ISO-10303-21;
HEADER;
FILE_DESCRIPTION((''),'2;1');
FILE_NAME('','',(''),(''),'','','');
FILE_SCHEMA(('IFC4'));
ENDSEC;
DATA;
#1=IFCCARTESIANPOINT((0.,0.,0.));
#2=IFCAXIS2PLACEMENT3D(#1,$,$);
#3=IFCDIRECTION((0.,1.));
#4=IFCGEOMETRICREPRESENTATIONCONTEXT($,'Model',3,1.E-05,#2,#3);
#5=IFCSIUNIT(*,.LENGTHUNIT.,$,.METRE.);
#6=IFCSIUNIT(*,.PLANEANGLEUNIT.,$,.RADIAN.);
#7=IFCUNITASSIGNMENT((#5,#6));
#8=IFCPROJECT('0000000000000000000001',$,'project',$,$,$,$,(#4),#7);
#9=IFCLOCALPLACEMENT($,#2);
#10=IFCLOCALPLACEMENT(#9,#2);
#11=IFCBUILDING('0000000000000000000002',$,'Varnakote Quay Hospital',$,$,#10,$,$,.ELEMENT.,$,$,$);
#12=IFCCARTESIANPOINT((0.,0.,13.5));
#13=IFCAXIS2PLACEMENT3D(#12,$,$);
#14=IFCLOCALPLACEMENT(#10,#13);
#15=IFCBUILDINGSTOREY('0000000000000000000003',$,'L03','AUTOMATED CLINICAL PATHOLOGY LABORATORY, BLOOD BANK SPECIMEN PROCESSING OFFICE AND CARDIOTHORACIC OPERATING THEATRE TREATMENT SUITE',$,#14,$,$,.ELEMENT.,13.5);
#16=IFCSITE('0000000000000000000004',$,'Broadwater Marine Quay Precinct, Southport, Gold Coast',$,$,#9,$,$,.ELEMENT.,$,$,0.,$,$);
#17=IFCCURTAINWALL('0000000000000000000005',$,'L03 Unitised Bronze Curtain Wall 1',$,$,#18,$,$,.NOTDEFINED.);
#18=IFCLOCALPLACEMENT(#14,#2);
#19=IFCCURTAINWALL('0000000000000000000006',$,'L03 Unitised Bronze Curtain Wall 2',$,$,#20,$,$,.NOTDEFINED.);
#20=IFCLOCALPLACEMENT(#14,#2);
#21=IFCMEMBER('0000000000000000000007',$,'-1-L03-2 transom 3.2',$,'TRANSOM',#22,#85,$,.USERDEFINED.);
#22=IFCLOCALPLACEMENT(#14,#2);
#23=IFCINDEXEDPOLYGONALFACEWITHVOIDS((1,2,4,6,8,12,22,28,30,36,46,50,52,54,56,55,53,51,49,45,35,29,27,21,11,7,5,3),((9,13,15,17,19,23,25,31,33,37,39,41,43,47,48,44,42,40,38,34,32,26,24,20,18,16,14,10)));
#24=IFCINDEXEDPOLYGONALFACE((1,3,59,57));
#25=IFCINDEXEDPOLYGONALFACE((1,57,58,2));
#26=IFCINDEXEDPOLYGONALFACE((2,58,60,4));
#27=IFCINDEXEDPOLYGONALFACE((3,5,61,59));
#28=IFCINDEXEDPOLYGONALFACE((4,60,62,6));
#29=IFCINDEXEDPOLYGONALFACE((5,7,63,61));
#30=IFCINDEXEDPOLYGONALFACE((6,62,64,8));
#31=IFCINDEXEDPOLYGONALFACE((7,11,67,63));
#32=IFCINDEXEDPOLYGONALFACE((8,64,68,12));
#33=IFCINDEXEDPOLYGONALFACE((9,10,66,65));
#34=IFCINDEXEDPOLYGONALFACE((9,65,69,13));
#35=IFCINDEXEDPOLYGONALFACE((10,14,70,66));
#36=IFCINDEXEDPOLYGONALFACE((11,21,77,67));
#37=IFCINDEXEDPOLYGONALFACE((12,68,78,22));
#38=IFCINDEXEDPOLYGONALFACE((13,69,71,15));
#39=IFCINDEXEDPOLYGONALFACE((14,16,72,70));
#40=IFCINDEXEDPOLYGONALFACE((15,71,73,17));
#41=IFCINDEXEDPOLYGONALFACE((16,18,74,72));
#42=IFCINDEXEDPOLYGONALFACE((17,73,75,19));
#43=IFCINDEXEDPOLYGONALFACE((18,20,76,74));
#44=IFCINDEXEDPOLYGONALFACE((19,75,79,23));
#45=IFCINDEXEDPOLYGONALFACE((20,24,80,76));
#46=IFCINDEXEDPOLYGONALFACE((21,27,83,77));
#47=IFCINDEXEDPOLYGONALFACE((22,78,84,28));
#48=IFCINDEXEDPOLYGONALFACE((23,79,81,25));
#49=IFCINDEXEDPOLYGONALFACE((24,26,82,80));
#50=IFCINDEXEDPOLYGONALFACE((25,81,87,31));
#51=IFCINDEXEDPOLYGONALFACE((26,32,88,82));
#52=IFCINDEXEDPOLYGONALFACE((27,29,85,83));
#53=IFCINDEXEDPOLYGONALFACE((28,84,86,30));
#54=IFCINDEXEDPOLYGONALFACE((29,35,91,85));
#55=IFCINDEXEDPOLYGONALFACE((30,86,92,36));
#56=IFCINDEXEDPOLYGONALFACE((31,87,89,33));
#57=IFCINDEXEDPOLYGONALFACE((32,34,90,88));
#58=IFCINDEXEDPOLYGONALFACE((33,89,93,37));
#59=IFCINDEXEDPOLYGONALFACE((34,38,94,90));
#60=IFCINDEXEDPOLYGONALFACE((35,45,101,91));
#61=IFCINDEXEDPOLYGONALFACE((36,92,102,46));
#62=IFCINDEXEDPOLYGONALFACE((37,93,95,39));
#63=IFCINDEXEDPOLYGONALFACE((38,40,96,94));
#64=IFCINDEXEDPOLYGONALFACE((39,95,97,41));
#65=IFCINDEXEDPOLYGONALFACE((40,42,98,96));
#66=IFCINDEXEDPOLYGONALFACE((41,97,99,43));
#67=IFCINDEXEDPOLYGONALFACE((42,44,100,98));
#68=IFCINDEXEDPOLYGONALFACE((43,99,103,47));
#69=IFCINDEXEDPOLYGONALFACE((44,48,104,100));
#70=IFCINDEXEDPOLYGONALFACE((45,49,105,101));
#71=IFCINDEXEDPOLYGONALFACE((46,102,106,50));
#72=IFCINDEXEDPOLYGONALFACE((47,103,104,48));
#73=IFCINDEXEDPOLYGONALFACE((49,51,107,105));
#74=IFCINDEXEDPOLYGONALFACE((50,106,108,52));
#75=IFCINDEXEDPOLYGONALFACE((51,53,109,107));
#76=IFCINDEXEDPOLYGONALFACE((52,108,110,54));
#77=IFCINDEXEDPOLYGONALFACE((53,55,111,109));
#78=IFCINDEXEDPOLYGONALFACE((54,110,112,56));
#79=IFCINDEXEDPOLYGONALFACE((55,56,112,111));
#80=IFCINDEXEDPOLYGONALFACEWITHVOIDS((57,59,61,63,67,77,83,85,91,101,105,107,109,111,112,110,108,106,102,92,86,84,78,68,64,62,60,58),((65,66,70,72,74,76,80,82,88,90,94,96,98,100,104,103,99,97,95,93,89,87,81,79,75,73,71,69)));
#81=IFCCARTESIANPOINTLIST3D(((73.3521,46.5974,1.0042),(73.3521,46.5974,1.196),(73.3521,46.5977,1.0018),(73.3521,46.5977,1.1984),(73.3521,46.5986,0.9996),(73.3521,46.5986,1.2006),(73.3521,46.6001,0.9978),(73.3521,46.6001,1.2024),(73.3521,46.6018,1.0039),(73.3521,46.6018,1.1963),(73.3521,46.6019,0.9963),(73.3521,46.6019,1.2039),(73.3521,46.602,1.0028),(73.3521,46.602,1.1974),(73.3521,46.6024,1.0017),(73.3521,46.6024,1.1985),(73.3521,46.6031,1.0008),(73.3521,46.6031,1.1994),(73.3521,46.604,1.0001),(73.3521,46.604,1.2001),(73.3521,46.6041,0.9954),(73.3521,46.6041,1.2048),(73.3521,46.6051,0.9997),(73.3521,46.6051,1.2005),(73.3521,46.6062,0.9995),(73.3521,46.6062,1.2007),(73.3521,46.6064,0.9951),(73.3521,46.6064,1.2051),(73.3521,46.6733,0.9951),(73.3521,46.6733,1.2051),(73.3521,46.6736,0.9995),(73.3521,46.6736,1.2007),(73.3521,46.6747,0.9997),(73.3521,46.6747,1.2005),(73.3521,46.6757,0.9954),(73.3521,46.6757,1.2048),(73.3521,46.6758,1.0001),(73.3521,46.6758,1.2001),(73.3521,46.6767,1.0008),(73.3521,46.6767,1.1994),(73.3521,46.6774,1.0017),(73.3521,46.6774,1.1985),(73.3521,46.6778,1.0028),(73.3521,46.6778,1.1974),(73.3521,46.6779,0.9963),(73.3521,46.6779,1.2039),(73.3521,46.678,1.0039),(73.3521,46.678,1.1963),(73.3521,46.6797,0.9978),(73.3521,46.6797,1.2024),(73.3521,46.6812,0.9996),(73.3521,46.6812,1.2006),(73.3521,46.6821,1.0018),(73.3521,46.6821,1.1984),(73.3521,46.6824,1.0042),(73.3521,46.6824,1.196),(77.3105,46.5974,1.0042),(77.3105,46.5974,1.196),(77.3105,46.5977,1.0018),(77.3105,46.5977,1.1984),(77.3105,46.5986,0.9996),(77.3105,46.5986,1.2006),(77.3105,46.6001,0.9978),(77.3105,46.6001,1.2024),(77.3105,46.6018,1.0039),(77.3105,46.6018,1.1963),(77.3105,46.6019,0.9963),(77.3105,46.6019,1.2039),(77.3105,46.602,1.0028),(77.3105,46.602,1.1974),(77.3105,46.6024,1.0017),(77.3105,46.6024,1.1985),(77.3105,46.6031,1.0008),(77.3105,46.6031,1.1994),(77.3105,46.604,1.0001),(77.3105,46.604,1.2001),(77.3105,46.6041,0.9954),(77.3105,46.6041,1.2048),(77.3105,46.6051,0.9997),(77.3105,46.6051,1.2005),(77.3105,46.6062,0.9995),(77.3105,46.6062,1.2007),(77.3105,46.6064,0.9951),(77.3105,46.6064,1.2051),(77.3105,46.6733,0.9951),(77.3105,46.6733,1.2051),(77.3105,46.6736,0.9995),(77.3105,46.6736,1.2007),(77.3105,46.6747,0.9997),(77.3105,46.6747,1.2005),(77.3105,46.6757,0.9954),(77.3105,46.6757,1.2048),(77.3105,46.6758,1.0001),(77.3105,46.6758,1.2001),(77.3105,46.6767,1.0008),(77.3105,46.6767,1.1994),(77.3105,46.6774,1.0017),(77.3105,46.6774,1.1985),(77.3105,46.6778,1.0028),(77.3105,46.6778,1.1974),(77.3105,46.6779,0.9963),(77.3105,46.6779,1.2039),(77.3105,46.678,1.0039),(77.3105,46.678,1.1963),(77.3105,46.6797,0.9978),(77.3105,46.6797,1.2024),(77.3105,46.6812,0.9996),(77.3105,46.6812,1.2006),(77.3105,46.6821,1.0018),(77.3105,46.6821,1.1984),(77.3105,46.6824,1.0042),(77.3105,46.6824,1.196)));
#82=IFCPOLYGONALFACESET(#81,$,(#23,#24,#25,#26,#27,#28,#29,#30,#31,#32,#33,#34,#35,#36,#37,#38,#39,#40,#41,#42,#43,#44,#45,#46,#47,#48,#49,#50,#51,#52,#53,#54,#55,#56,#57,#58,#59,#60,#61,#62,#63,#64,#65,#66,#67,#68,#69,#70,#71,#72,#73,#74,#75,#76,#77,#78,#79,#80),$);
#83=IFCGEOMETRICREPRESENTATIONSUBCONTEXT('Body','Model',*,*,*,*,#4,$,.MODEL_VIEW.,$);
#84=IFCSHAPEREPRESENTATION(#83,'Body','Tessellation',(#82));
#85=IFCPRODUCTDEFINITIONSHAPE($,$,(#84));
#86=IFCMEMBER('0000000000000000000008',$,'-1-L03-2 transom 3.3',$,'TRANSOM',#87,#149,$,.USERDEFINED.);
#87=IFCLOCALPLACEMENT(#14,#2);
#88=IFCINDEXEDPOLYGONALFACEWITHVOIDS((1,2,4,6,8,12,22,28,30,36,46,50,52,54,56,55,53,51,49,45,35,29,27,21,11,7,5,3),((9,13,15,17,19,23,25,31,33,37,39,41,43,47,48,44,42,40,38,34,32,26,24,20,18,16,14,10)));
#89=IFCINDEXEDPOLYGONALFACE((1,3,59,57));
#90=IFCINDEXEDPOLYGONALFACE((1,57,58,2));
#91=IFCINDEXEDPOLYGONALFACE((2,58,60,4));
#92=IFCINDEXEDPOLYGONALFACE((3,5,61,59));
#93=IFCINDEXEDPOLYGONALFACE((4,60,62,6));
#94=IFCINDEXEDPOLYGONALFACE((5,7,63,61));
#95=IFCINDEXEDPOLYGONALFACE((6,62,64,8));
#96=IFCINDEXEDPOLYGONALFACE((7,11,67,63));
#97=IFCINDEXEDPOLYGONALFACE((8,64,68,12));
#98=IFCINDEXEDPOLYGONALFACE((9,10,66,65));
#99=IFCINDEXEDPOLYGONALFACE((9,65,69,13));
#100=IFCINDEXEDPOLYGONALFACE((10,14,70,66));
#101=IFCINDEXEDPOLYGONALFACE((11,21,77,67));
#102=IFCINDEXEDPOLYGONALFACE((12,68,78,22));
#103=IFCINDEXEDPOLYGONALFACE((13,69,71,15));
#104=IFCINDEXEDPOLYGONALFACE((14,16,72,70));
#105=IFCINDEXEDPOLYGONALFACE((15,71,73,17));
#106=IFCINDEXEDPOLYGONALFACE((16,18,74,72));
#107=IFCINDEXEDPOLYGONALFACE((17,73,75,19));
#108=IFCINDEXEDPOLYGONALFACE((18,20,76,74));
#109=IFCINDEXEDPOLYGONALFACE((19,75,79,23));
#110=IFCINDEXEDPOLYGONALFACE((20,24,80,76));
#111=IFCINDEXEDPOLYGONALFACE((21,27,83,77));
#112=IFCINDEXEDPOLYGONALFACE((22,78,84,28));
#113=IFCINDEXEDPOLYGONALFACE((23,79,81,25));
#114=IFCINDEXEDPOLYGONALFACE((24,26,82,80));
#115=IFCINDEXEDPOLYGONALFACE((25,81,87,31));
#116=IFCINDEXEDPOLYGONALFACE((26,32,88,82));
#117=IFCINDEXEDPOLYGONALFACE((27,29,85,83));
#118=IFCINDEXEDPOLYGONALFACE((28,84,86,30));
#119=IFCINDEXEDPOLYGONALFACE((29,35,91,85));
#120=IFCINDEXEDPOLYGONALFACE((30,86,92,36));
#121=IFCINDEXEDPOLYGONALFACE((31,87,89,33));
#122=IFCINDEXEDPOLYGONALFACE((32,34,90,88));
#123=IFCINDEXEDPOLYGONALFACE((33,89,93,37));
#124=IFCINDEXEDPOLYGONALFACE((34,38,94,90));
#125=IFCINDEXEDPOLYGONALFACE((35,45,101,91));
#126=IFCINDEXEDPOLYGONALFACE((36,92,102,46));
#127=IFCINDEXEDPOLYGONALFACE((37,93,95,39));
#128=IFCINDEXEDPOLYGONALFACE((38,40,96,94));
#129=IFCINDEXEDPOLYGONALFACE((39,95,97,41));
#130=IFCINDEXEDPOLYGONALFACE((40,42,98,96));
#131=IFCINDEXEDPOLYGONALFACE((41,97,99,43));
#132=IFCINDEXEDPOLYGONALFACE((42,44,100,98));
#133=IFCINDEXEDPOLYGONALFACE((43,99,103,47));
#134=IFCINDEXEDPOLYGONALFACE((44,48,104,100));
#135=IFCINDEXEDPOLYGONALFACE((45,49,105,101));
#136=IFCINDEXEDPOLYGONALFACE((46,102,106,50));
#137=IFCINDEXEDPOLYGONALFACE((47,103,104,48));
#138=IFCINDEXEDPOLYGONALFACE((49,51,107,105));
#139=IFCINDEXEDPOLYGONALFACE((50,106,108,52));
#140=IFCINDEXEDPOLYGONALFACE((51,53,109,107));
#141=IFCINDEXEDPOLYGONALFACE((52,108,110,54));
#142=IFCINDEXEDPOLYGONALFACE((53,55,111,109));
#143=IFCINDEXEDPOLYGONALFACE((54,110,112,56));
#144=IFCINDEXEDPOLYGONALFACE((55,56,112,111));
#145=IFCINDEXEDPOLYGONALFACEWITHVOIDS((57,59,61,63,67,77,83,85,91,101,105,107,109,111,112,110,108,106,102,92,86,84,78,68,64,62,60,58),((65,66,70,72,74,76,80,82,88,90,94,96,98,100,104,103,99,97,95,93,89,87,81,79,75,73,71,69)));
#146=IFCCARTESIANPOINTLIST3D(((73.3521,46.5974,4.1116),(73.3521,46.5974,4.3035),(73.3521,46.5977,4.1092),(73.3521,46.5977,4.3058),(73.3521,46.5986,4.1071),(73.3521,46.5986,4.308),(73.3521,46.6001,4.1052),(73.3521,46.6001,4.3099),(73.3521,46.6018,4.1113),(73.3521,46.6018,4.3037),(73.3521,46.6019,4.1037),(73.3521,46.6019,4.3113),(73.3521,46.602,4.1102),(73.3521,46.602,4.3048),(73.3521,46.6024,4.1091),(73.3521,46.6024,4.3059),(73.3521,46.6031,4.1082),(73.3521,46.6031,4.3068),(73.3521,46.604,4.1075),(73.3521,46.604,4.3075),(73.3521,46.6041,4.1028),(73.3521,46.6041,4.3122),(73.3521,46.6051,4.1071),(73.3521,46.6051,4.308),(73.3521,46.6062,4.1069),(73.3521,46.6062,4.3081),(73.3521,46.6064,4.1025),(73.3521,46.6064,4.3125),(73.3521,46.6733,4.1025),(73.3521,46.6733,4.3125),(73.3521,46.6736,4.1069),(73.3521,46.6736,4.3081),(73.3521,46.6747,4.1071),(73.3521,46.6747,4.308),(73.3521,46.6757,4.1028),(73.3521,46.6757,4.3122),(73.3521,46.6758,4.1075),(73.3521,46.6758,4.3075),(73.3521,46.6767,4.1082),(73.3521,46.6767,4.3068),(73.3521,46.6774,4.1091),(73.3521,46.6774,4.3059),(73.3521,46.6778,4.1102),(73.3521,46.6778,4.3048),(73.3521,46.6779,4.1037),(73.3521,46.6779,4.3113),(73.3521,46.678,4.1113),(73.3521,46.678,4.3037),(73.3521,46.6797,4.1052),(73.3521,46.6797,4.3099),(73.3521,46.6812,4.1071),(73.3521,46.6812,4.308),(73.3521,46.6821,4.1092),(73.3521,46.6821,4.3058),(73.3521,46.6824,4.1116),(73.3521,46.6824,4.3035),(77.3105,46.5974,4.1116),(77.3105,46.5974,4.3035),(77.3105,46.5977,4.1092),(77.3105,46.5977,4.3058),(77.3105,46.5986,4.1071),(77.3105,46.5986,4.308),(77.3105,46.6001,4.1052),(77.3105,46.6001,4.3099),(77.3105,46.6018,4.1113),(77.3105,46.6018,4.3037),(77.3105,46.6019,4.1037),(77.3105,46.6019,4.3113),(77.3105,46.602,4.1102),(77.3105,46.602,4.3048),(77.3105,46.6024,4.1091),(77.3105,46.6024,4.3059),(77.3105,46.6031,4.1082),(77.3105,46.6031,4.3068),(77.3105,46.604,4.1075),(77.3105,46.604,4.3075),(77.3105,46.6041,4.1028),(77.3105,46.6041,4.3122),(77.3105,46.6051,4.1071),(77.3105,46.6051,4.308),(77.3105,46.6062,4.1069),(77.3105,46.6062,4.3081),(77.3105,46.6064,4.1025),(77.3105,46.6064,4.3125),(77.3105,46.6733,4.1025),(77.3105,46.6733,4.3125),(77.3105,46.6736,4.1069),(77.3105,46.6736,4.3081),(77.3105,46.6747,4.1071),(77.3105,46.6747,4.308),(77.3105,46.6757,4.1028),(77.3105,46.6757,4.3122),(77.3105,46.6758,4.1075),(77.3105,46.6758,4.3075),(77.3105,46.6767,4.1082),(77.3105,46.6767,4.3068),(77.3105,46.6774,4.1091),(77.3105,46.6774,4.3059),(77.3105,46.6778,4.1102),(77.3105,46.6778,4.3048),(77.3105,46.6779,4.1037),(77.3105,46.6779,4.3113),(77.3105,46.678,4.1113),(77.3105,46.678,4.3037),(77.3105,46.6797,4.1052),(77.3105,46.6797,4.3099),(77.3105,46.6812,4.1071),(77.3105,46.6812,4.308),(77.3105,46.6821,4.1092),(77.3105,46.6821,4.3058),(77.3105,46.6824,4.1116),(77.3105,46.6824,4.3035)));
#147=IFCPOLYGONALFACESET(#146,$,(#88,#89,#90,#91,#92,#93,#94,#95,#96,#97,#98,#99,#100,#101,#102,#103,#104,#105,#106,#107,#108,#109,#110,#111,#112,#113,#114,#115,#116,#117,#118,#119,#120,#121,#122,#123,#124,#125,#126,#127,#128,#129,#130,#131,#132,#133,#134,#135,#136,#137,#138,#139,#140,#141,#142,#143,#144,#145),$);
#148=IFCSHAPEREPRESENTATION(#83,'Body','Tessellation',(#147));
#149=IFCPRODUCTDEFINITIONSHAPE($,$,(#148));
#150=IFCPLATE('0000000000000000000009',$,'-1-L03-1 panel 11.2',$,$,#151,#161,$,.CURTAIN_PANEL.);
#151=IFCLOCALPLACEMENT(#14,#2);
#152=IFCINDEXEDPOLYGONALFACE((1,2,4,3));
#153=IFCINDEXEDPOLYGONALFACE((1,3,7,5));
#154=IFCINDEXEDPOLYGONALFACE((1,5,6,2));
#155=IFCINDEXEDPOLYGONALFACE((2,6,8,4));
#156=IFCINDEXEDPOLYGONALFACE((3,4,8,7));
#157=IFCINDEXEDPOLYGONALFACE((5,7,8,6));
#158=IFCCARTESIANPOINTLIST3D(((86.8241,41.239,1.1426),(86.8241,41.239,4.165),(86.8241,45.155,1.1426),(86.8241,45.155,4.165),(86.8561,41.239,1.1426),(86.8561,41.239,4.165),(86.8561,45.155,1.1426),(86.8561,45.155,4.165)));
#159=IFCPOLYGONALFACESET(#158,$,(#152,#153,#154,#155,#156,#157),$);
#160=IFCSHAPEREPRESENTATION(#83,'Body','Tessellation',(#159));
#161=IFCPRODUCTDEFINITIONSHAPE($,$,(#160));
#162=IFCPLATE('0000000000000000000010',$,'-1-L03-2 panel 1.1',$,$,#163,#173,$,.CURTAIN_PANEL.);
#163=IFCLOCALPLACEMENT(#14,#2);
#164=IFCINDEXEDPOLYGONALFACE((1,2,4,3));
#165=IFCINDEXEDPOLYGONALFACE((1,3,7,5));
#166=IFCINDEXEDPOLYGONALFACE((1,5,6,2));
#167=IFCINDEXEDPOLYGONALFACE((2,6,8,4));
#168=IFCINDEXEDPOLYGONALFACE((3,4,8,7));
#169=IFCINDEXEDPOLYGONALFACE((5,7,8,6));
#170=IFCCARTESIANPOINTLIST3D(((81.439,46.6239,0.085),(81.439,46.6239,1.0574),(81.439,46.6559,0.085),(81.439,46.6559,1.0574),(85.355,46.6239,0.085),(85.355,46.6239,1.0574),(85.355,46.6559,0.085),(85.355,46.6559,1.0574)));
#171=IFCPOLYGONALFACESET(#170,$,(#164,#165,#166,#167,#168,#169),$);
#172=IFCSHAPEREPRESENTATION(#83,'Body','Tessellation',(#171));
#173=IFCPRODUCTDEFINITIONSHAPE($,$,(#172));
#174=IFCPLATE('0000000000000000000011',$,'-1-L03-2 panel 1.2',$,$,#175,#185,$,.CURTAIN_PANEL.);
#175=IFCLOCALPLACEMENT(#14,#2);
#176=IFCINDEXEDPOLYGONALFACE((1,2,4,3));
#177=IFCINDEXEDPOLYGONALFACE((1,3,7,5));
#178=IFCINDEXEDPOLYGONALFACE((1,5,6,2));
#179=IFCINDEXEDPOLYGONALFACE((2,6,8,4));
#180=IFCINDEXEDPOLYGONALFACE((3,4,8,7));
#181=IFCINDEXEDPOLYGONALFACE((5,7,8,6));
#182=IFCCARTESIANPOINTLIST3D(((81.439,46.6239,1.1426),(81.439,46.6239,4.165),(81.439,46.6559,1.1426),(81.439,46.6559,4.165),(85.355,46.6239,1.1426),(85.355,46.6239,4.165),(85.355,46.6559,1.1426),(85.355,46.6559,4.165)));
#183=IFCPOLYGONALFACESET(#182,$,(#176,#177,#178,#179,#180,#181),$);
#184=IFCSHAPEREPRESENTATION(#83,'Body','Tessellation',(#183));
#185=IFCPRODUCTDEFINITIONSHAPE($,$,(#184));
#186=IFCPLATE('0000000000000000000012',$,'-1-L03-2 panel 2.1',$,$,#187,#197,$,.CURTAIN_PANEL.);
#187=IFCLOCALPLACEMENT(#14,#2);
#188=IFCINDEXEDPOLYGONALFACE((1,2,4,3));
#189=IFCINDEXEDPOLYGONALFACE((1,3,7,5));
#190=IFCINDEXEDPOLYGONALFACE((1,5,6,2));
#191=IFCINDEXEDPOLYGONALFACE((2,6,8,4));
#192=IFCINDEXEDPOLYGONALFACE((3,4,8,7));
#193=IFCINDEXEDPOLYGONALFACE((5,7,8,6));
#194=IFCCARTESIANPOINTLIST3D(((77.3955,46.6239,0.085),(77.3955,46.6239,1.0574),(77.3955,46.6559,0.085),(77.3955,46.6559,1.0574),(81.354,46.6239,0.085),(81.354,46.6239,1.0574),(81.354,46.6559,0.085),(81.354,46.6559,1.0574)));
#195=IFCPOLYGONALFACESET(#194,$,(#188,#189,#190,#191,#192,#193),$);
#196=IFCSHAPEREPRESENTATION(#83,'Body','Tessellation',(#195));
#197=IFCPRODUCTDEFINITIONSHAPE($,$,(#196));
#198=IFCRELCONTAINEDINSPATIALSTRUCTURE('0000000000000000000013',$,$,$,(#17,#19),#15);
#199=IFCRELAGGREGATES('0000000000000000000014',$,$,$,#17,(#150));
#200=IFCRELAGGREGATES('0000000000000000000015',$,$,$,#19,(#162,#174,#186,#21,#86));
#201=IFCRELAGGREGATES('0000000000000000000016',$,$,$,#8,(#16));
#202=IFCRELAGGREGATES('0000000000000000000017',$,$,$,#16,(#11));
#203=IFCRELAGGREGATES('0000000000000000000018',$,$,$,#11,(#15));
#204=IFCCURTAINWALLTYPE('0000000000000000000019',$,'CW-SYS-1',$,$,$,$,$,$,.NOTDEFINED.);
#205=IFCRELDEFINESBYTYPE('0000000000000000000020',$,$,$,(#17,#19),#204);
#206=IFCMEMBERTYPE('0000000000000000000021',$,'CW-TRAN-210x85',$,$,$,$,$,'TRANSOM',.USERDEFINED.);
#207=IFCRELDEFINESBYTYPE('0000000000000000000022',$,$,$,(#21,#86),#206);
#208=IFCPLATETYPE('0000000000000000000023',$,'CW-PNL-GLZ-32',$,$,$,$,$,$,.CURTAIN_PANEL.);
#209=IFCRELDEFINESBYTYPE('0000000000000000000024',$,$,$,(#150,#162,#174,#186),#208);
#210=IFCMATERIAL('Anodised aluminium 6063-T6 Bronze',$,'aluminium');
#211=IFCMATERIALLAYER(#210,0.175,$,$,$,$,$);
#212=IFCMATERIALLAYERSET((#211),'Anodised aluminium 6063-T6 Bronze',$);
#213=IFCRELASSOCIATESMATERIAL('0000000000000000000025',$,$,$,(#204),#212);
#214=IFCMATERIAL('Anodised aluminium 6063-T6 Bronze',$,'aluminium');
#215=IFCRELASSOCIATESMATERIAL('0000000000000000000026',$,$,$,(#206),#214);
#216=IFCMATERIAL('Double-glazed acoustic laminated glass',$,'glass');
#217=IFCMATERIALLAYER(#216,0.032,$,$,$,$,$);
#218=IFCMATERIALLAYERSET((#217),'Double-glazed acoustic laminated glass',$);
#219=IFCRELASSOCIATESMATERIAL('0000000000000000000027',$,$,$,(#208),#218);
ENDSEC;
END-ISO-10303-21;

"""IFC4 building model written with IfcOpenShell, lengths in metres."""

from ifc_helpers import new_model, si_unit, direction, frame, origin, origin_2d, place, context, subcontext, project, spatial, rectangle, hollow_rectangle, extrude, material, layer, layer_set, material_profile, profile_set, type_object, element, aggregate, save


model = new_model("IFC4")

# Units and contexts
model_context = context("Model", 3, precision=1e-05, world=origin(), true_north=direction((0.0, 1.0)))
body_context = subcontext(model_context, "Body", "Model", "MODEL_VIEW")
ifc_project = project(units=[si_unit("LENGTHUNIT", "METRE"), si_unit("PLANEANGLEUNIT", "RADIAN")], contexts=[model_context])

# Site, building, storey
site_placement = place(None, origin())
site = spatial("IfcSite", under=ifc_project, at=site_placement, Name="Broadwater Marine Quay Precinct, Southport, Gold Coast", CompositionType="ELEMENT", RefElevation=0.0)
building_placement = place(site_placement, origin())
building = spatial("IfcBuilding", under=site, at=building_placement, Name="Varnakote Quay Hospital", CompositionType="ELEMENT")
storey_placement = place(building_placement, frame((0.0, 0.0, 13.5)))
storey = spatial("IfcBuildingStorey", under=building, at=storey_placement, Name="L03", Description="AUTOMATED CLINICAL PATHOLOGY LABORATORY, BLOOD BANK SPECIMEN PROCESSING OFFICE AND CARDIOTHORACIC OPERATING THEATRE TREATMENT SUITE", CompositionType="ELEMENT", Elevation=13.5)

# Curtain wall
ifc_material_1 = material(Name="Anodised aluminium 6063-T6 Bronze", Category="aluminium")
ifc_layer_1 = layer(ifc_material_1, 0.175)
ifc_layer_set_1 = layer_set([ifc_layer_1], Name="Anodised aluminium 6063-T6 Bronze")
curtain_wall_type = type_object("IfcCurtainWallType", Name="CW-SYS-1", PredefinedType="NOTDEFINED", material=ifc_layer_set_1)
curtain_wall_1_placement = place(storey_placement, origin())
curtain_wall_1 = element("IfcCurtainWall", 1, at=curtain_wall_1_placement, inside=storey, type_object=curtain_wall_type, Name="L03 Unitised Bronze Curtain Wall 1", PredefinedType="NOTDEFINED")

# Curtain wall, members
curtain_wall_2_placement = place(storey_placement, origin())
curtain_wall_2 = element("IfcCurtainWall", 2, at=curtain_wall_2_placement, inside=storey, type_object=curtain_wall_type, Name="L03 Unitised Bronze Curtain Wall 2", PredefinedType="NOTDEFINED")
ifc_material_2 = material(Name="Anodised aluminium 6063-T6 Bronze", Category="aluminium")
ifc_material_profile_1 = material_profile(ifc_material_2, hollow_rectangle(XDim=0.085, YDim=0.21, WallThickness=0.0044, InnerFilletRadius=0.0044, OuterFilletRadius=0.009, at=origin_2d()), Name="CW-TRAN-210x85")
ifc_profile_set_1 = profile_set([ifc_material_profile_1], Name="Anodised aluminium 6063-T6 Bronze")
member_type_1 = type_object("IfcMemberType", Name="CW-TRAN-210x85", ElementType="TRANSOM", PredefinedType="USERDEFINED", material=ifc_profile_set_1)
member_1_placement = place(storey_placement, frame((77.3105, 46.6399, 1.1001), z_axis=(-1.0, 0.0, 0.0), x_axis=(0.0, -1.0, 0.0)))
member_1 = element("IfcMember", 3, at=member_1_placement, type_object=member_type_1, Name="-1-L03-2 transom 3.2", ObjectType="TRANSOM", PredefinedType="USERDEFINED", context=body_context, shape_type="SweptSolid", body=[
    extrude(hollow_rectangle(XDim=0.085, YDim=0.21, WallThickness=0.0044, InnerFilletRadius=0.0044, OuterFilletRadius=0.009, at=origin_2d()), origin(), (0.0, 0.0, 1.0), 3.9585),
])
member_2_placement = place(storey_placement, frame((77.3105, 46.6399, 4.2075), z_axis=(-1.0, 0.0, 0.0), x_axis=(0.0, -1.0, 0.0)))
member_2 = element("IfcMember", 4, at=member_2_placement, type_object=member_type_1, Name="-1-L03-2 transom 3.3", ObjectType="TRANSOM", PredefinedType="USERDEFINED", context=body_context, shape_type="SweptSolid", body=[
    extrude(hollow_rectangle(XDim=0.085, YDim=0.21, WallThickness=0.0044, InnerFilletRadius=0.0044, OuterFilletRadius=0.009, at=origin_2d()), origin(), (0.0, 0.0, 1.0), 3.9585),
])

# Plates
ifc_material_3 = material(Name="Double-glazed acoustic laminated glass", Category="glass")
ifc_layer_2 = layer(ifc_material_3, 0.032)
ifc_layer_set_2 = layer_set([ifc_layer_2], Name="Double-glazed acoustic laminated glass")
plate_type = type_object("IfcPlateType", Name="CW-PNL-GLZ-32", PredefinedType="CURTAIN_PANEL", material=ifc_layer_set_2)
plate_1_placement = place(storey_placement, frame((86.8401, 43.197, 1.1426), z_axis=(0.0, 0.0, 1.0), x_axis=(0.0, 1.0, 0.0)))
plate_1 = element("IfcPlate", 5, at=plate_1_placement, type_object=plate_type, Name="-1-L03-1 panel 11.2", PredefinedType="CURTAIN_PANEL", context=body_context, shape_type="SweptSolid", body=[
    extrude(rectangle(XDim=3.916, YDim=0.032, at=origin_2d()), origin(), (0.0, 0.0, 1.0), 3.0225),
])
aggregate(curtain_wall_1, [plate_1])
plate_2_placement = place(storey_placement, frame((83.397, 46.6399, 0.085), z_axis=(0.0, 0.0, 1.0), x_axis=(-1.0, 0.0, 0.0)))
plate_2 = element("IfcPlate", 6, at=plate_2_placement, type_object=plate_type, Name="-1-L03-2 panel 1.1", PredefinedType="CURTAIN_PANEL", context=body_context, shape_type="SweptSolid", body=[
    extrude(rectangle(XDim=3.916, YDim=0.032, at=origin_2d()), origin(), (0.0, 0.0, 1.0), 0.9724),
])
plate_3_placement = place(storey_placement, frame((83.397, 46.6399, 1.1426), z_axis=(0.0, 0.0, 1.0), x_axis=(-1.0, 0.0, 0.0)))
plate_3 = element("IfcPlate", 7, at=plate_3_placement, type_object=plate_type, Name="-1-L03-2 panel 1.2", PredefinedType="CURTAIN_PANEL", context=body_context, shape_type="SweptSolid", body=[
    extrude(rectangle(XDim=3.916, YDim=0.032, at=origin_2d()), origin(), (0.0, 0.0, 1.0), 3.0225),
])
plate_4_placement = place(storey_placement, frame((79.3748, 46.6399, 0.085), z_axis=(0.0, 0.0, 1.0), x_axis=(-1.0, 0.0, 0.0)))
plate_4 = element("IfcPlate", 8, at=plate_4_placement, type_object=plate_type, Name="-1-L03-2 panel 2.1", PredefinedType="CURTAIN_PANEL", context=body_context, shape_type="SweptSolid", body=[
    extrude(rectangle(XDim=3.9585, YDim=0.032, at=origin_2d()), origin(), (0.0, 0.0, 1.0), 0.9724),
])
aggregate(curtain_wall_2, [plate_2, plate_3, plate_4, member_1, member_2])

save(model, "model.ifc")
